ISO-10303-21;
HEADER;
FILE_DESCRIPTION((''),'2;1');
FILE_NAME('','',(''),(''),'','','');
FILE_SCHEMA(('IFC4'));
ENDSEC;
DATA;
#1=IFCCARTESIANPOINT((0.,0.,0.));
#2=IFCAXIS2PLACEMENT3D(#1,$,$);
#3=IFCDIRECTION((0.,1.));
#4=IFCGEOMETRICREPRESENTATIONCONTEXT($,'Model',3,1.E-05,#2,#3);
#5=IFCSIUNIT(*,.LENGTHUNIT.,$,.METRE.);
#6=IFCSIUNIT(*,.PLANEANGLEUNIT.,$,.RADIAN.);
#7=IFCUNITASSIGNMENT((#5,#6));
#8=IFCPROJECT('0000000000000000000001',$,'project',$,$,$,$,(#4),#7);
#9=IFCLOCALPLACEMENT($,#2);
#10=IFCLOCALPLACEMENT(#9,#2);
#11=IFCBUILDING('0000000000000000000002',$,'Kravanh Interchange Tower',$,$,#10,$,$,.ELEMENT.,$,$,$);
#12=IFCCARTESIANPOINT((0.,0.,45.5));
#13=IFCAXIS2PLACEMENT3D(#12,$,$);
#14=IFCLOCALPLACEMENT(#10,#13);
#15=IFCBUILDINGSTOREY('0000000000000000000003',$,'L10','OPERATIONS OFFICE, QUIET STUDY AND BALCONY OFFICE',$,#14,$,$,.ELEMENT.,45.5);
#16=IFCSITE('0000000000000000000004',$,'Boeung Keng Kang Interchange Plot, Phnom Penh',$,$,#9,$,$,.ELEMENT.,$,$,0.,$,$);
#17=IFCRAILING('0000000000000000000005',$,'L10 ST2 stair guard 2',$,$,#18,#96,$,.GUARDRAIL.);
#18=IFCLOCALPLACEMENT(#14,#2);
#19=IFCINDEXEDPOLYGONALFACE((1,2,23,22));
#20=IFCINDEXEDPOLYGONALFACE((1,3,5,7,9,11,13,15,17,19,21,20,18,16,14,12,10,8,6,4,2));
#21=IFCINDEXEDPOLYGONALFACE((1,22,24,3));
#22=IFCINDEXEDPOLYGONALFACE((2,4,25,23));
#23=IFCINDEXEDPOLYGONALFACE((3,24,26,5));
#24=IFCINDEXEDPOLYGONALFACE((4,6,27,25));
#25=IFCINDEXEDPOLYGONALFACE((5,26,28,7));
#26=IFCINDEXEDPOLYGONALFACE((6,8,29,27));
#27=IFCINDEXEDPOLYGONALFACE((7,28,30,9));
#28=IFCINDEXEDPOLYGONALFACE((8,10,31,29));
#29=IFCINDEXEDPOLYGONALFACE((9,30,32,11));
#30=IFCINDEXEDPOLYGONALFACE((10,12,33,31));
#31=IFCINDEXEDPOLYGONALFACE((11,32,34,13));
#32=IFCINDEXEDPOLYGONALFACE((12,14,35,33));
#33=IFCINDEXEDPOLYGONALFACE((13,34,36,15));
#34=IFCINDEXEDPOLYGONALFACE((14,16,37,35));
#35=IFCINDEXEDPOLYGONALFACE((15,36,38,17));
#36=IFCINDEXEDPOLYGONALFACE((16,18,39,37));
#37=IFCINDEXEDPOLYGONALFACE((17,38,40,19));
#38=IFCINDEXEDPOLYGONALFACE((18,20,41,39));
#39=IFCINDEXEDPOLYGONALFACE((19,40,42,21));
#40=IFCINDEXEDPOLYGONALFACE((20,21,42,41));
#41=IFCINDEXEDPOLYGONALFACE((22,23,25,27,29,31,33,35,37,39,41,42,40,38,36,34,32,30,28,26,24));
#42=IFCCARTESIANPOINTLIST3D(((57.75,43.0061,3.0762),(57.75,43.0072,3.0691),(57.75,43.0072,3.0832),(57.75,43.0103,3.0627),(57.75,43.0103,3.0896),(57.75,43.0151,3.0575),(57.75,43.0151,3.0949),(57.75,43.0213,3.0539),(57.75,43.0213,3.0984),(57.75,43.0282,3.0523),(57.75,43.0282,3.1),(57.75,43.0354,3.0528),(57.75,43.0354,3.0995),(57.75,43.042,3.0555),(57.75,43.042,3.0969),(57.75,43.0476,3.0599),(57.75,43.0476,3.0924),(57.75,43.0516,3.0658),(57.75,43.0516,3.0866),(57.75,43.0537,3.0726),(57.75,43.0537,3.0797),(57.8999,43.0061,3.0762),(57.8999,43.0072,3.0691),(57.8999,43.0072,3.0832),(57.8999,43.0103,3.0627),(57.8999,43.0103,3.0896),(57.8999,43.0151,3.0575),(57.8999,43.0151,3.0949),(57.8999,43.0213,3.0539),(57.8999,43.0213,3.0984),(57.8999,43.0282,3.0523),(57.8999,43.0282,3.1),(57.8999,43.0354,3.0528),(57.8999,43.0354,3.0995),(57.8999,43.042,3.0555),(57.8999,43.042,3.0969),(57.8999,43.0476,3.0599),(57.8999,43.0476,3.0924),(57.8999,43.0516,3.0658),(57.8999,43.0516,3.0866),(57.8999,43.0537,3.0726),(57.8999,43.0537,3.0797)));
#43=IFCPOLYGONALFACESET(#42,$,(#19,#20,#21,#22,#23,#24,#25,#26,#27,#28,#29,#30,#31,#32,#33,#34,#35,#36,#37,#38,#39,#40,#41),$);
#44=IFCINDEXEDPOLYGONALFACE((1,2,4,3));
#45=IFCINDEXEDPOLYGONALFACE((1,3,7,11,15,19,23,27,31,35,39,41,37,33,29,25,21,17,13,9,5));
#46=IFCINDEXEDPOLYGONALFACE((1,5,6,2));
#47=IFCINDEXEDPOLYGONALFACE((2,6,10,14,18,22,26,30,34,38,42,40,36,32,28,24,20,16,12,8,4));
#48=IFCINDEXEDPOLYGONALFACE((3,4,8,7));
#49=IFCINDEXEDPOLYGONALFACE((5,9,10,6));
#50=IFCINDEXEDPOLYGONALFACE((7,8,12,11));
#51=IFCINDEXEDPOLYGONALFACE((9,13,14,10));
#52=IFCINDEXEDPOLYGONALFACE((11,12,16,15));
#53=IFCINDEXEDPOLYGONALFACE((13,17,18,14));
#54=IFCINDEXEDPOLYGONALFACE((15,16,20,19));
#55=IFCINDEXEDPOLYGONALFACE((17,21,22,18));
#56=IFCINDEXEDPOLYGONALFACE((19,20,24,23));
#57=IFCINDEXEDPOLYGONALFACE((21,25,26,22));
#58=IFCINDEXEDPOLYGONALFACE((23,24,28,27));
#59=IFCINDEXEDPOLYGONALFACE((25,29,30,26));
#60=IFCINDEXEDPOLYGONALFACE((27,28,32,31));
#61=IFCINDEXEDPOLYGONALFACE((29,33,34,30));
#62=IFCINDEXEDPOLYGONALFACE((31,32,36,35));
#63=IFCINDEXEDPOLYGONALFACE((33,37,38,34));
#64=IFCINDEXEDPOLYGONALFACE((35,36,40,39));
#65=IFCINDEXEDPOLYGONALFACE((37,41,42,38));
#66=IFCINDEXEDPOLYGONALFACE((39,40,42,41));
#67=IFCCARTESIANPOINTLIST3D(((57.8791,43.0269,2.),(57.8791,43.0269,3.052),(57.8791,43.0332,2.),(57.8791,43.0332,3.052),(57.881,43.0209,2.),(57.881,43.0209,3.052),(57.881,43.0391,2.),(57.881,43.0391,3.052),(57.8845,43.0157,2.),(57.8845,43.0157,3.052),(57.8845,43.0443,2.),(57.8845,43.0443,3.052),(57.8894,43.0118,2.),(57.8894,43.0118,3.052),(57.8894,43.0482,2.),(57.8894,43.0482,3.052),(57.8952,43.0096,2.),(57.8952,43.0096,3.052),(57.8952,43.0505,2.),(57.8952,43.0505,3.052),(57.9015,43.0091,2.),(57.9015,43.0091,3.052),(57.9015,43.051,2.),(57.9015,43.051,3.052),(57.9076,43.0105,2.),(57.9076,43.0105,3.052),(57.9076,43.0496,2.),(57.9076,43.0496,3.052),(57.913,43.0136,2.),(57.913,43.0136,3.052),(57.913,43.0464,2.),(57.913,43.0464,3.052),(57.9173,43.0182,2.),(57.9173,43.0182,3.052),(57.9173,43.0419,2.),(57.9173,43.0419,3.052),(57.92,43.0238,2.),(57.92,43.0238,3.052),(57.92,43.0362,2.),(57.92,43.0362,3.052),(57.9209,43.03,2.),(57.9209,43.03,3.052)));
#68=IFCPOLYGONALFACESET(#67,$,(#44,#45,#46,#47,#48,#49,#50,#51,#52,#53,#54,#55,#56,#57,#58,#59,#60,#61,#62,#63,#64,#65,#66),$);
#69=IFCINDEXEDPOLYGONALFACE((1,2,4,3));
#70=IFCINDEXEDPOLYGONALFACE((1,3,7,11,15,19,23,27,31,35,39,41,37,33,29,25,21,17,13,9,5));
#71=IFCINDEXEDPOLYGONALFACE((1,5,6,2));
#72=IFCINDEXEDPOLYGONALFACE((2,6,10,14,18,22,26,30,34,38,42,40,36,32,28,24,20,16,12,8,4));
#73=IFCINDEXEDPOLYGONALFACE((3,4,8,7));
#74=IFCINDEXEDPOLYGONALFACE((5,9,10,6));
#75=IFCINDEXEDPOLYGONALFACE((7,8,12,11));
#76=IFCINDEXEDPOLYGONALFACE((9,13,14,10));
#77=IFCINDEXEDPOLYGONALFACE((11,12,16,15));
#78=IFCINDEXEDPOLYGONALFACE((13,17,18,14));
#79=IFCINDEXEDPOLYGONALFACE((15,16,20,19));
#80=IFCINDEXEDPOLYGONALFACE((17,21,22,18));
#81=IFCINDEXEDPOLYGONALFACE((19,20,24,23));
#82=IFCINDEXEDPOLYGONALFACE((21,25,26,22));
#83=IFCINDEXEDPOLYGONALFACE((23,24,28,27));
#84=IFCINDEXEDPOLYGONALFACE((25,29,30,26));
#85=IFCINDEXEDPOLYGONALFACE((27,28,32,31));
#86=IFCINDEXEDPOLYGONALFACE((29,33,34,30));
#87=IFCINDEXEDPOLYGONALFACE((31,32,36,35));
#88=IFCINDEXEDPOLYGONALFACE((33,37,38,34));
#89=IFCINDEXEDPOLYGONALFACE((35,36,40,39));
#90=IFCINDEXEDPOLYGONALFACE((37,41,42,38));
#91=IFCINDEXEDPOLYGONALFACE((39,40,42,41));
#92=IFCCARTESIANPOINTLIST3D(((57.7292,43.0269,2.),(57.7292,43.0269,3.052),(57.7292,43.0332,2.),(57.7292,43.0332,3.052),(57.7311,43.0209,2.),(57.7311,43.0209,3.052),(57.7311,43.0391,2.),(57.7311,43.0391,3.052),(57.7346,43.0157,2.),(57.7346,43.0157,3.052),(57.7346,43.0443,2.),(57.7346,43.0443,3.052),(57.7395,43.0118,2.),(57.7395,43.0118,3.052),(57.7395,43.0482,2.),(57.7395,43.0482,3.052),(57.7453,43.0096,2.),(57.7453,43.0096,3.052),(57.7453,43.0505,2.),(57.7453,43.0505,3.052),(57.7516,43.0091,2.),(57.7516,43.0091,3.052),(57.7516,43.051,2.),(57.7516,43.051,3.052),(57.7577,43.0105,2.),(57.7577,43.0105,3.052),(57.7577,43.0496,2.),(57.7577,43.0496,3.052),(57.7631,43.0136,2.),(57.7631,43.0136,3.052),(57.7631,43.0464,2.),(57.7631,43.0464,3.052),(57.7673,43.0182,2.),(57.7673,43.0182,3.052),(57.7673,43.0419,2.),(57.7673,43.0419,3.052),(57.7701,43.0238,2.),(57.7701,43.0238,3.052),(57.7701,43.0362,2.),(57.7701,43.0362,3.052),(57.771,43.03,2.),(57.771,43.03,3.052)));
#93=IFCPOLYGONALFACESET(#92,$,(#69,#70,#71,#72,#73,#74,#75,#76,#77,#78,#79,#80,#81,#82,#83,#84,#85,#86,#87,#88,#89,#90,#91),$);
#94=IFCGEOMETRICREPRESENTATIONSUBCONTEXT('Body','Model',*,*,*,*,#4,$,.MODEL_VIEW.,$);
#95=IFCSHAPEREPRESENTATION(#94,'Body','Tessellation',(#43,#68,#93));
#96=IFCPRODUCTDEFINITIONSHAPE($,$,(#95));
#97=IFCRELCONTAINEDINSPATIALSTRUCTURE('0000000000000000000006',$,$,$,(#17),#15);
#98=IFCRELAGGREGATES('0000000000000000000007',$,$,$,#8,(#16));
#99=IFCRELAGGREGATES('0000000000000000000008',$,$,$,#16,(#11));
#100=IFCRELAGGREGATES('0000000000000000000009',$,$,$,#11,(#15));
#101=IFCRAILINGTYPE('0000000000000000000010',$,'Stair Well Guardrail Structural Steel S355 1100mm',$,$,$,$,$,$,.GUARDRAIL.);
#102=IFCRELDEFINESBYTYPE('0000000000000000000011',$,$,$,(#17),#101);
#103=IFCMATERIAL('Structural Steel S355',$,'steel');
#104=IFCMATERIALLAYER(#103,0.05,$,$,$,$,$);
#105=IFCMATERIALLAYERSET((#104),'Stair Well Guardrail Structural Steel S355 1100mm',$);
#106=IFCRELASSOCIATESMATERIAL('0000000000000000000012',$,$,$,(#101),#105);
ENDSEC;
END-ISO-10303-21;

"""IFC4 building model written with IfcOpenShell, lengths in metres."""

from ifc_helpers import new_model, si_unit, direction, frame, origin, origin_2d, place, context, subcontext, project, spatial, circle, extrude, material, layer, layer_set, type_object, element, save


model = new_model("IFC4")

# Units and contexts
model_context = context("Model", 3, precision=1e-05, world=origin(), true_north=direction((0.0, 1.0)))
body_context = subcontext(model_context, "Body", "Model", "MODEL_VIEW")
ifc_project = project(units=[si_unit("LENGTHUNIT", "METRE"), si_unit("PLANEANGLEUNIT", "RADIAN")], contexts=[model_context])

# Site, building, storey
site_placement = place(None, origin())
site = spatial("IfcSite", under=ifc_project, at=site_placement, Name="Boeung Keng Kang Interchange Plot, Phnom Penh", CompositionType="ELEMENT", RefElevation=0.0)
building_placement = place(site_placement, origin())
building = spatial("IfcBuilding", under=site, at=building_placement, Name="Kravanh Interchange Tower", CompositionType="ELEMENT")
storey_placement = place(building_placement, frame((0.0, 0.0, 45.5)))
storey = spatial("IfcBuildingStorey", under=building, at=storey_placement, Name="L10", Description="OPERATIONS OFFICE, QUIET STUDY AND BALCONY OFFICE", CompositionType="ELEMENT", Elevation=45.5)

# Railing
ifc_material_1 = material(Name="Structural Steel S355", Category="steel")
ifc_layer_1 = layer(ifc_material_1, 0.05)
ifc_layer_set_1 = layer_set([ifc_layer_1], Name="Stair Well Guardrail Structural Steel S355 1100mm")
railing_type_1 = type_object("IfcRailingType", Name="Stair Well Guardrail Structural Steel S355 1100mm", PredefinedType="GUARDRAIL", material=ifc_layer_set_1)
railing_1_placement = place(storey_placement, frame((57.8999, 43.03, 2.0)))
element("IfcRailing", 1, at=railing_1_placement, inside=storey, type_object=railing_type_1, Name="L10 ST2 stair guard 2", PredefinedType="GUARDRAIL", context=body_context, shape_type="SweptSolid", body=[
    extrude(circle(Radius=0.0239, at=origin_2d()), frame((0.0, 0.0, 1.0762), z_axis=(-1.0, 0.0, 0.0), x_axis=(0.0, -1.0, 0.0)), (0.0, 0.0, 1.0), 0.1499),
    extrude(circle(Radius=0.021, at=origin_2d()), origin(), (0.0, 0.0, 1.0), 1.052),
    extrude(circle(Radius=0.021, at=origin_2d()), frame((-0.1499, 0.0, 0.0)), (0.0, 0.0, 1.0), 1.052),
])

save(model, "model.ifc")
